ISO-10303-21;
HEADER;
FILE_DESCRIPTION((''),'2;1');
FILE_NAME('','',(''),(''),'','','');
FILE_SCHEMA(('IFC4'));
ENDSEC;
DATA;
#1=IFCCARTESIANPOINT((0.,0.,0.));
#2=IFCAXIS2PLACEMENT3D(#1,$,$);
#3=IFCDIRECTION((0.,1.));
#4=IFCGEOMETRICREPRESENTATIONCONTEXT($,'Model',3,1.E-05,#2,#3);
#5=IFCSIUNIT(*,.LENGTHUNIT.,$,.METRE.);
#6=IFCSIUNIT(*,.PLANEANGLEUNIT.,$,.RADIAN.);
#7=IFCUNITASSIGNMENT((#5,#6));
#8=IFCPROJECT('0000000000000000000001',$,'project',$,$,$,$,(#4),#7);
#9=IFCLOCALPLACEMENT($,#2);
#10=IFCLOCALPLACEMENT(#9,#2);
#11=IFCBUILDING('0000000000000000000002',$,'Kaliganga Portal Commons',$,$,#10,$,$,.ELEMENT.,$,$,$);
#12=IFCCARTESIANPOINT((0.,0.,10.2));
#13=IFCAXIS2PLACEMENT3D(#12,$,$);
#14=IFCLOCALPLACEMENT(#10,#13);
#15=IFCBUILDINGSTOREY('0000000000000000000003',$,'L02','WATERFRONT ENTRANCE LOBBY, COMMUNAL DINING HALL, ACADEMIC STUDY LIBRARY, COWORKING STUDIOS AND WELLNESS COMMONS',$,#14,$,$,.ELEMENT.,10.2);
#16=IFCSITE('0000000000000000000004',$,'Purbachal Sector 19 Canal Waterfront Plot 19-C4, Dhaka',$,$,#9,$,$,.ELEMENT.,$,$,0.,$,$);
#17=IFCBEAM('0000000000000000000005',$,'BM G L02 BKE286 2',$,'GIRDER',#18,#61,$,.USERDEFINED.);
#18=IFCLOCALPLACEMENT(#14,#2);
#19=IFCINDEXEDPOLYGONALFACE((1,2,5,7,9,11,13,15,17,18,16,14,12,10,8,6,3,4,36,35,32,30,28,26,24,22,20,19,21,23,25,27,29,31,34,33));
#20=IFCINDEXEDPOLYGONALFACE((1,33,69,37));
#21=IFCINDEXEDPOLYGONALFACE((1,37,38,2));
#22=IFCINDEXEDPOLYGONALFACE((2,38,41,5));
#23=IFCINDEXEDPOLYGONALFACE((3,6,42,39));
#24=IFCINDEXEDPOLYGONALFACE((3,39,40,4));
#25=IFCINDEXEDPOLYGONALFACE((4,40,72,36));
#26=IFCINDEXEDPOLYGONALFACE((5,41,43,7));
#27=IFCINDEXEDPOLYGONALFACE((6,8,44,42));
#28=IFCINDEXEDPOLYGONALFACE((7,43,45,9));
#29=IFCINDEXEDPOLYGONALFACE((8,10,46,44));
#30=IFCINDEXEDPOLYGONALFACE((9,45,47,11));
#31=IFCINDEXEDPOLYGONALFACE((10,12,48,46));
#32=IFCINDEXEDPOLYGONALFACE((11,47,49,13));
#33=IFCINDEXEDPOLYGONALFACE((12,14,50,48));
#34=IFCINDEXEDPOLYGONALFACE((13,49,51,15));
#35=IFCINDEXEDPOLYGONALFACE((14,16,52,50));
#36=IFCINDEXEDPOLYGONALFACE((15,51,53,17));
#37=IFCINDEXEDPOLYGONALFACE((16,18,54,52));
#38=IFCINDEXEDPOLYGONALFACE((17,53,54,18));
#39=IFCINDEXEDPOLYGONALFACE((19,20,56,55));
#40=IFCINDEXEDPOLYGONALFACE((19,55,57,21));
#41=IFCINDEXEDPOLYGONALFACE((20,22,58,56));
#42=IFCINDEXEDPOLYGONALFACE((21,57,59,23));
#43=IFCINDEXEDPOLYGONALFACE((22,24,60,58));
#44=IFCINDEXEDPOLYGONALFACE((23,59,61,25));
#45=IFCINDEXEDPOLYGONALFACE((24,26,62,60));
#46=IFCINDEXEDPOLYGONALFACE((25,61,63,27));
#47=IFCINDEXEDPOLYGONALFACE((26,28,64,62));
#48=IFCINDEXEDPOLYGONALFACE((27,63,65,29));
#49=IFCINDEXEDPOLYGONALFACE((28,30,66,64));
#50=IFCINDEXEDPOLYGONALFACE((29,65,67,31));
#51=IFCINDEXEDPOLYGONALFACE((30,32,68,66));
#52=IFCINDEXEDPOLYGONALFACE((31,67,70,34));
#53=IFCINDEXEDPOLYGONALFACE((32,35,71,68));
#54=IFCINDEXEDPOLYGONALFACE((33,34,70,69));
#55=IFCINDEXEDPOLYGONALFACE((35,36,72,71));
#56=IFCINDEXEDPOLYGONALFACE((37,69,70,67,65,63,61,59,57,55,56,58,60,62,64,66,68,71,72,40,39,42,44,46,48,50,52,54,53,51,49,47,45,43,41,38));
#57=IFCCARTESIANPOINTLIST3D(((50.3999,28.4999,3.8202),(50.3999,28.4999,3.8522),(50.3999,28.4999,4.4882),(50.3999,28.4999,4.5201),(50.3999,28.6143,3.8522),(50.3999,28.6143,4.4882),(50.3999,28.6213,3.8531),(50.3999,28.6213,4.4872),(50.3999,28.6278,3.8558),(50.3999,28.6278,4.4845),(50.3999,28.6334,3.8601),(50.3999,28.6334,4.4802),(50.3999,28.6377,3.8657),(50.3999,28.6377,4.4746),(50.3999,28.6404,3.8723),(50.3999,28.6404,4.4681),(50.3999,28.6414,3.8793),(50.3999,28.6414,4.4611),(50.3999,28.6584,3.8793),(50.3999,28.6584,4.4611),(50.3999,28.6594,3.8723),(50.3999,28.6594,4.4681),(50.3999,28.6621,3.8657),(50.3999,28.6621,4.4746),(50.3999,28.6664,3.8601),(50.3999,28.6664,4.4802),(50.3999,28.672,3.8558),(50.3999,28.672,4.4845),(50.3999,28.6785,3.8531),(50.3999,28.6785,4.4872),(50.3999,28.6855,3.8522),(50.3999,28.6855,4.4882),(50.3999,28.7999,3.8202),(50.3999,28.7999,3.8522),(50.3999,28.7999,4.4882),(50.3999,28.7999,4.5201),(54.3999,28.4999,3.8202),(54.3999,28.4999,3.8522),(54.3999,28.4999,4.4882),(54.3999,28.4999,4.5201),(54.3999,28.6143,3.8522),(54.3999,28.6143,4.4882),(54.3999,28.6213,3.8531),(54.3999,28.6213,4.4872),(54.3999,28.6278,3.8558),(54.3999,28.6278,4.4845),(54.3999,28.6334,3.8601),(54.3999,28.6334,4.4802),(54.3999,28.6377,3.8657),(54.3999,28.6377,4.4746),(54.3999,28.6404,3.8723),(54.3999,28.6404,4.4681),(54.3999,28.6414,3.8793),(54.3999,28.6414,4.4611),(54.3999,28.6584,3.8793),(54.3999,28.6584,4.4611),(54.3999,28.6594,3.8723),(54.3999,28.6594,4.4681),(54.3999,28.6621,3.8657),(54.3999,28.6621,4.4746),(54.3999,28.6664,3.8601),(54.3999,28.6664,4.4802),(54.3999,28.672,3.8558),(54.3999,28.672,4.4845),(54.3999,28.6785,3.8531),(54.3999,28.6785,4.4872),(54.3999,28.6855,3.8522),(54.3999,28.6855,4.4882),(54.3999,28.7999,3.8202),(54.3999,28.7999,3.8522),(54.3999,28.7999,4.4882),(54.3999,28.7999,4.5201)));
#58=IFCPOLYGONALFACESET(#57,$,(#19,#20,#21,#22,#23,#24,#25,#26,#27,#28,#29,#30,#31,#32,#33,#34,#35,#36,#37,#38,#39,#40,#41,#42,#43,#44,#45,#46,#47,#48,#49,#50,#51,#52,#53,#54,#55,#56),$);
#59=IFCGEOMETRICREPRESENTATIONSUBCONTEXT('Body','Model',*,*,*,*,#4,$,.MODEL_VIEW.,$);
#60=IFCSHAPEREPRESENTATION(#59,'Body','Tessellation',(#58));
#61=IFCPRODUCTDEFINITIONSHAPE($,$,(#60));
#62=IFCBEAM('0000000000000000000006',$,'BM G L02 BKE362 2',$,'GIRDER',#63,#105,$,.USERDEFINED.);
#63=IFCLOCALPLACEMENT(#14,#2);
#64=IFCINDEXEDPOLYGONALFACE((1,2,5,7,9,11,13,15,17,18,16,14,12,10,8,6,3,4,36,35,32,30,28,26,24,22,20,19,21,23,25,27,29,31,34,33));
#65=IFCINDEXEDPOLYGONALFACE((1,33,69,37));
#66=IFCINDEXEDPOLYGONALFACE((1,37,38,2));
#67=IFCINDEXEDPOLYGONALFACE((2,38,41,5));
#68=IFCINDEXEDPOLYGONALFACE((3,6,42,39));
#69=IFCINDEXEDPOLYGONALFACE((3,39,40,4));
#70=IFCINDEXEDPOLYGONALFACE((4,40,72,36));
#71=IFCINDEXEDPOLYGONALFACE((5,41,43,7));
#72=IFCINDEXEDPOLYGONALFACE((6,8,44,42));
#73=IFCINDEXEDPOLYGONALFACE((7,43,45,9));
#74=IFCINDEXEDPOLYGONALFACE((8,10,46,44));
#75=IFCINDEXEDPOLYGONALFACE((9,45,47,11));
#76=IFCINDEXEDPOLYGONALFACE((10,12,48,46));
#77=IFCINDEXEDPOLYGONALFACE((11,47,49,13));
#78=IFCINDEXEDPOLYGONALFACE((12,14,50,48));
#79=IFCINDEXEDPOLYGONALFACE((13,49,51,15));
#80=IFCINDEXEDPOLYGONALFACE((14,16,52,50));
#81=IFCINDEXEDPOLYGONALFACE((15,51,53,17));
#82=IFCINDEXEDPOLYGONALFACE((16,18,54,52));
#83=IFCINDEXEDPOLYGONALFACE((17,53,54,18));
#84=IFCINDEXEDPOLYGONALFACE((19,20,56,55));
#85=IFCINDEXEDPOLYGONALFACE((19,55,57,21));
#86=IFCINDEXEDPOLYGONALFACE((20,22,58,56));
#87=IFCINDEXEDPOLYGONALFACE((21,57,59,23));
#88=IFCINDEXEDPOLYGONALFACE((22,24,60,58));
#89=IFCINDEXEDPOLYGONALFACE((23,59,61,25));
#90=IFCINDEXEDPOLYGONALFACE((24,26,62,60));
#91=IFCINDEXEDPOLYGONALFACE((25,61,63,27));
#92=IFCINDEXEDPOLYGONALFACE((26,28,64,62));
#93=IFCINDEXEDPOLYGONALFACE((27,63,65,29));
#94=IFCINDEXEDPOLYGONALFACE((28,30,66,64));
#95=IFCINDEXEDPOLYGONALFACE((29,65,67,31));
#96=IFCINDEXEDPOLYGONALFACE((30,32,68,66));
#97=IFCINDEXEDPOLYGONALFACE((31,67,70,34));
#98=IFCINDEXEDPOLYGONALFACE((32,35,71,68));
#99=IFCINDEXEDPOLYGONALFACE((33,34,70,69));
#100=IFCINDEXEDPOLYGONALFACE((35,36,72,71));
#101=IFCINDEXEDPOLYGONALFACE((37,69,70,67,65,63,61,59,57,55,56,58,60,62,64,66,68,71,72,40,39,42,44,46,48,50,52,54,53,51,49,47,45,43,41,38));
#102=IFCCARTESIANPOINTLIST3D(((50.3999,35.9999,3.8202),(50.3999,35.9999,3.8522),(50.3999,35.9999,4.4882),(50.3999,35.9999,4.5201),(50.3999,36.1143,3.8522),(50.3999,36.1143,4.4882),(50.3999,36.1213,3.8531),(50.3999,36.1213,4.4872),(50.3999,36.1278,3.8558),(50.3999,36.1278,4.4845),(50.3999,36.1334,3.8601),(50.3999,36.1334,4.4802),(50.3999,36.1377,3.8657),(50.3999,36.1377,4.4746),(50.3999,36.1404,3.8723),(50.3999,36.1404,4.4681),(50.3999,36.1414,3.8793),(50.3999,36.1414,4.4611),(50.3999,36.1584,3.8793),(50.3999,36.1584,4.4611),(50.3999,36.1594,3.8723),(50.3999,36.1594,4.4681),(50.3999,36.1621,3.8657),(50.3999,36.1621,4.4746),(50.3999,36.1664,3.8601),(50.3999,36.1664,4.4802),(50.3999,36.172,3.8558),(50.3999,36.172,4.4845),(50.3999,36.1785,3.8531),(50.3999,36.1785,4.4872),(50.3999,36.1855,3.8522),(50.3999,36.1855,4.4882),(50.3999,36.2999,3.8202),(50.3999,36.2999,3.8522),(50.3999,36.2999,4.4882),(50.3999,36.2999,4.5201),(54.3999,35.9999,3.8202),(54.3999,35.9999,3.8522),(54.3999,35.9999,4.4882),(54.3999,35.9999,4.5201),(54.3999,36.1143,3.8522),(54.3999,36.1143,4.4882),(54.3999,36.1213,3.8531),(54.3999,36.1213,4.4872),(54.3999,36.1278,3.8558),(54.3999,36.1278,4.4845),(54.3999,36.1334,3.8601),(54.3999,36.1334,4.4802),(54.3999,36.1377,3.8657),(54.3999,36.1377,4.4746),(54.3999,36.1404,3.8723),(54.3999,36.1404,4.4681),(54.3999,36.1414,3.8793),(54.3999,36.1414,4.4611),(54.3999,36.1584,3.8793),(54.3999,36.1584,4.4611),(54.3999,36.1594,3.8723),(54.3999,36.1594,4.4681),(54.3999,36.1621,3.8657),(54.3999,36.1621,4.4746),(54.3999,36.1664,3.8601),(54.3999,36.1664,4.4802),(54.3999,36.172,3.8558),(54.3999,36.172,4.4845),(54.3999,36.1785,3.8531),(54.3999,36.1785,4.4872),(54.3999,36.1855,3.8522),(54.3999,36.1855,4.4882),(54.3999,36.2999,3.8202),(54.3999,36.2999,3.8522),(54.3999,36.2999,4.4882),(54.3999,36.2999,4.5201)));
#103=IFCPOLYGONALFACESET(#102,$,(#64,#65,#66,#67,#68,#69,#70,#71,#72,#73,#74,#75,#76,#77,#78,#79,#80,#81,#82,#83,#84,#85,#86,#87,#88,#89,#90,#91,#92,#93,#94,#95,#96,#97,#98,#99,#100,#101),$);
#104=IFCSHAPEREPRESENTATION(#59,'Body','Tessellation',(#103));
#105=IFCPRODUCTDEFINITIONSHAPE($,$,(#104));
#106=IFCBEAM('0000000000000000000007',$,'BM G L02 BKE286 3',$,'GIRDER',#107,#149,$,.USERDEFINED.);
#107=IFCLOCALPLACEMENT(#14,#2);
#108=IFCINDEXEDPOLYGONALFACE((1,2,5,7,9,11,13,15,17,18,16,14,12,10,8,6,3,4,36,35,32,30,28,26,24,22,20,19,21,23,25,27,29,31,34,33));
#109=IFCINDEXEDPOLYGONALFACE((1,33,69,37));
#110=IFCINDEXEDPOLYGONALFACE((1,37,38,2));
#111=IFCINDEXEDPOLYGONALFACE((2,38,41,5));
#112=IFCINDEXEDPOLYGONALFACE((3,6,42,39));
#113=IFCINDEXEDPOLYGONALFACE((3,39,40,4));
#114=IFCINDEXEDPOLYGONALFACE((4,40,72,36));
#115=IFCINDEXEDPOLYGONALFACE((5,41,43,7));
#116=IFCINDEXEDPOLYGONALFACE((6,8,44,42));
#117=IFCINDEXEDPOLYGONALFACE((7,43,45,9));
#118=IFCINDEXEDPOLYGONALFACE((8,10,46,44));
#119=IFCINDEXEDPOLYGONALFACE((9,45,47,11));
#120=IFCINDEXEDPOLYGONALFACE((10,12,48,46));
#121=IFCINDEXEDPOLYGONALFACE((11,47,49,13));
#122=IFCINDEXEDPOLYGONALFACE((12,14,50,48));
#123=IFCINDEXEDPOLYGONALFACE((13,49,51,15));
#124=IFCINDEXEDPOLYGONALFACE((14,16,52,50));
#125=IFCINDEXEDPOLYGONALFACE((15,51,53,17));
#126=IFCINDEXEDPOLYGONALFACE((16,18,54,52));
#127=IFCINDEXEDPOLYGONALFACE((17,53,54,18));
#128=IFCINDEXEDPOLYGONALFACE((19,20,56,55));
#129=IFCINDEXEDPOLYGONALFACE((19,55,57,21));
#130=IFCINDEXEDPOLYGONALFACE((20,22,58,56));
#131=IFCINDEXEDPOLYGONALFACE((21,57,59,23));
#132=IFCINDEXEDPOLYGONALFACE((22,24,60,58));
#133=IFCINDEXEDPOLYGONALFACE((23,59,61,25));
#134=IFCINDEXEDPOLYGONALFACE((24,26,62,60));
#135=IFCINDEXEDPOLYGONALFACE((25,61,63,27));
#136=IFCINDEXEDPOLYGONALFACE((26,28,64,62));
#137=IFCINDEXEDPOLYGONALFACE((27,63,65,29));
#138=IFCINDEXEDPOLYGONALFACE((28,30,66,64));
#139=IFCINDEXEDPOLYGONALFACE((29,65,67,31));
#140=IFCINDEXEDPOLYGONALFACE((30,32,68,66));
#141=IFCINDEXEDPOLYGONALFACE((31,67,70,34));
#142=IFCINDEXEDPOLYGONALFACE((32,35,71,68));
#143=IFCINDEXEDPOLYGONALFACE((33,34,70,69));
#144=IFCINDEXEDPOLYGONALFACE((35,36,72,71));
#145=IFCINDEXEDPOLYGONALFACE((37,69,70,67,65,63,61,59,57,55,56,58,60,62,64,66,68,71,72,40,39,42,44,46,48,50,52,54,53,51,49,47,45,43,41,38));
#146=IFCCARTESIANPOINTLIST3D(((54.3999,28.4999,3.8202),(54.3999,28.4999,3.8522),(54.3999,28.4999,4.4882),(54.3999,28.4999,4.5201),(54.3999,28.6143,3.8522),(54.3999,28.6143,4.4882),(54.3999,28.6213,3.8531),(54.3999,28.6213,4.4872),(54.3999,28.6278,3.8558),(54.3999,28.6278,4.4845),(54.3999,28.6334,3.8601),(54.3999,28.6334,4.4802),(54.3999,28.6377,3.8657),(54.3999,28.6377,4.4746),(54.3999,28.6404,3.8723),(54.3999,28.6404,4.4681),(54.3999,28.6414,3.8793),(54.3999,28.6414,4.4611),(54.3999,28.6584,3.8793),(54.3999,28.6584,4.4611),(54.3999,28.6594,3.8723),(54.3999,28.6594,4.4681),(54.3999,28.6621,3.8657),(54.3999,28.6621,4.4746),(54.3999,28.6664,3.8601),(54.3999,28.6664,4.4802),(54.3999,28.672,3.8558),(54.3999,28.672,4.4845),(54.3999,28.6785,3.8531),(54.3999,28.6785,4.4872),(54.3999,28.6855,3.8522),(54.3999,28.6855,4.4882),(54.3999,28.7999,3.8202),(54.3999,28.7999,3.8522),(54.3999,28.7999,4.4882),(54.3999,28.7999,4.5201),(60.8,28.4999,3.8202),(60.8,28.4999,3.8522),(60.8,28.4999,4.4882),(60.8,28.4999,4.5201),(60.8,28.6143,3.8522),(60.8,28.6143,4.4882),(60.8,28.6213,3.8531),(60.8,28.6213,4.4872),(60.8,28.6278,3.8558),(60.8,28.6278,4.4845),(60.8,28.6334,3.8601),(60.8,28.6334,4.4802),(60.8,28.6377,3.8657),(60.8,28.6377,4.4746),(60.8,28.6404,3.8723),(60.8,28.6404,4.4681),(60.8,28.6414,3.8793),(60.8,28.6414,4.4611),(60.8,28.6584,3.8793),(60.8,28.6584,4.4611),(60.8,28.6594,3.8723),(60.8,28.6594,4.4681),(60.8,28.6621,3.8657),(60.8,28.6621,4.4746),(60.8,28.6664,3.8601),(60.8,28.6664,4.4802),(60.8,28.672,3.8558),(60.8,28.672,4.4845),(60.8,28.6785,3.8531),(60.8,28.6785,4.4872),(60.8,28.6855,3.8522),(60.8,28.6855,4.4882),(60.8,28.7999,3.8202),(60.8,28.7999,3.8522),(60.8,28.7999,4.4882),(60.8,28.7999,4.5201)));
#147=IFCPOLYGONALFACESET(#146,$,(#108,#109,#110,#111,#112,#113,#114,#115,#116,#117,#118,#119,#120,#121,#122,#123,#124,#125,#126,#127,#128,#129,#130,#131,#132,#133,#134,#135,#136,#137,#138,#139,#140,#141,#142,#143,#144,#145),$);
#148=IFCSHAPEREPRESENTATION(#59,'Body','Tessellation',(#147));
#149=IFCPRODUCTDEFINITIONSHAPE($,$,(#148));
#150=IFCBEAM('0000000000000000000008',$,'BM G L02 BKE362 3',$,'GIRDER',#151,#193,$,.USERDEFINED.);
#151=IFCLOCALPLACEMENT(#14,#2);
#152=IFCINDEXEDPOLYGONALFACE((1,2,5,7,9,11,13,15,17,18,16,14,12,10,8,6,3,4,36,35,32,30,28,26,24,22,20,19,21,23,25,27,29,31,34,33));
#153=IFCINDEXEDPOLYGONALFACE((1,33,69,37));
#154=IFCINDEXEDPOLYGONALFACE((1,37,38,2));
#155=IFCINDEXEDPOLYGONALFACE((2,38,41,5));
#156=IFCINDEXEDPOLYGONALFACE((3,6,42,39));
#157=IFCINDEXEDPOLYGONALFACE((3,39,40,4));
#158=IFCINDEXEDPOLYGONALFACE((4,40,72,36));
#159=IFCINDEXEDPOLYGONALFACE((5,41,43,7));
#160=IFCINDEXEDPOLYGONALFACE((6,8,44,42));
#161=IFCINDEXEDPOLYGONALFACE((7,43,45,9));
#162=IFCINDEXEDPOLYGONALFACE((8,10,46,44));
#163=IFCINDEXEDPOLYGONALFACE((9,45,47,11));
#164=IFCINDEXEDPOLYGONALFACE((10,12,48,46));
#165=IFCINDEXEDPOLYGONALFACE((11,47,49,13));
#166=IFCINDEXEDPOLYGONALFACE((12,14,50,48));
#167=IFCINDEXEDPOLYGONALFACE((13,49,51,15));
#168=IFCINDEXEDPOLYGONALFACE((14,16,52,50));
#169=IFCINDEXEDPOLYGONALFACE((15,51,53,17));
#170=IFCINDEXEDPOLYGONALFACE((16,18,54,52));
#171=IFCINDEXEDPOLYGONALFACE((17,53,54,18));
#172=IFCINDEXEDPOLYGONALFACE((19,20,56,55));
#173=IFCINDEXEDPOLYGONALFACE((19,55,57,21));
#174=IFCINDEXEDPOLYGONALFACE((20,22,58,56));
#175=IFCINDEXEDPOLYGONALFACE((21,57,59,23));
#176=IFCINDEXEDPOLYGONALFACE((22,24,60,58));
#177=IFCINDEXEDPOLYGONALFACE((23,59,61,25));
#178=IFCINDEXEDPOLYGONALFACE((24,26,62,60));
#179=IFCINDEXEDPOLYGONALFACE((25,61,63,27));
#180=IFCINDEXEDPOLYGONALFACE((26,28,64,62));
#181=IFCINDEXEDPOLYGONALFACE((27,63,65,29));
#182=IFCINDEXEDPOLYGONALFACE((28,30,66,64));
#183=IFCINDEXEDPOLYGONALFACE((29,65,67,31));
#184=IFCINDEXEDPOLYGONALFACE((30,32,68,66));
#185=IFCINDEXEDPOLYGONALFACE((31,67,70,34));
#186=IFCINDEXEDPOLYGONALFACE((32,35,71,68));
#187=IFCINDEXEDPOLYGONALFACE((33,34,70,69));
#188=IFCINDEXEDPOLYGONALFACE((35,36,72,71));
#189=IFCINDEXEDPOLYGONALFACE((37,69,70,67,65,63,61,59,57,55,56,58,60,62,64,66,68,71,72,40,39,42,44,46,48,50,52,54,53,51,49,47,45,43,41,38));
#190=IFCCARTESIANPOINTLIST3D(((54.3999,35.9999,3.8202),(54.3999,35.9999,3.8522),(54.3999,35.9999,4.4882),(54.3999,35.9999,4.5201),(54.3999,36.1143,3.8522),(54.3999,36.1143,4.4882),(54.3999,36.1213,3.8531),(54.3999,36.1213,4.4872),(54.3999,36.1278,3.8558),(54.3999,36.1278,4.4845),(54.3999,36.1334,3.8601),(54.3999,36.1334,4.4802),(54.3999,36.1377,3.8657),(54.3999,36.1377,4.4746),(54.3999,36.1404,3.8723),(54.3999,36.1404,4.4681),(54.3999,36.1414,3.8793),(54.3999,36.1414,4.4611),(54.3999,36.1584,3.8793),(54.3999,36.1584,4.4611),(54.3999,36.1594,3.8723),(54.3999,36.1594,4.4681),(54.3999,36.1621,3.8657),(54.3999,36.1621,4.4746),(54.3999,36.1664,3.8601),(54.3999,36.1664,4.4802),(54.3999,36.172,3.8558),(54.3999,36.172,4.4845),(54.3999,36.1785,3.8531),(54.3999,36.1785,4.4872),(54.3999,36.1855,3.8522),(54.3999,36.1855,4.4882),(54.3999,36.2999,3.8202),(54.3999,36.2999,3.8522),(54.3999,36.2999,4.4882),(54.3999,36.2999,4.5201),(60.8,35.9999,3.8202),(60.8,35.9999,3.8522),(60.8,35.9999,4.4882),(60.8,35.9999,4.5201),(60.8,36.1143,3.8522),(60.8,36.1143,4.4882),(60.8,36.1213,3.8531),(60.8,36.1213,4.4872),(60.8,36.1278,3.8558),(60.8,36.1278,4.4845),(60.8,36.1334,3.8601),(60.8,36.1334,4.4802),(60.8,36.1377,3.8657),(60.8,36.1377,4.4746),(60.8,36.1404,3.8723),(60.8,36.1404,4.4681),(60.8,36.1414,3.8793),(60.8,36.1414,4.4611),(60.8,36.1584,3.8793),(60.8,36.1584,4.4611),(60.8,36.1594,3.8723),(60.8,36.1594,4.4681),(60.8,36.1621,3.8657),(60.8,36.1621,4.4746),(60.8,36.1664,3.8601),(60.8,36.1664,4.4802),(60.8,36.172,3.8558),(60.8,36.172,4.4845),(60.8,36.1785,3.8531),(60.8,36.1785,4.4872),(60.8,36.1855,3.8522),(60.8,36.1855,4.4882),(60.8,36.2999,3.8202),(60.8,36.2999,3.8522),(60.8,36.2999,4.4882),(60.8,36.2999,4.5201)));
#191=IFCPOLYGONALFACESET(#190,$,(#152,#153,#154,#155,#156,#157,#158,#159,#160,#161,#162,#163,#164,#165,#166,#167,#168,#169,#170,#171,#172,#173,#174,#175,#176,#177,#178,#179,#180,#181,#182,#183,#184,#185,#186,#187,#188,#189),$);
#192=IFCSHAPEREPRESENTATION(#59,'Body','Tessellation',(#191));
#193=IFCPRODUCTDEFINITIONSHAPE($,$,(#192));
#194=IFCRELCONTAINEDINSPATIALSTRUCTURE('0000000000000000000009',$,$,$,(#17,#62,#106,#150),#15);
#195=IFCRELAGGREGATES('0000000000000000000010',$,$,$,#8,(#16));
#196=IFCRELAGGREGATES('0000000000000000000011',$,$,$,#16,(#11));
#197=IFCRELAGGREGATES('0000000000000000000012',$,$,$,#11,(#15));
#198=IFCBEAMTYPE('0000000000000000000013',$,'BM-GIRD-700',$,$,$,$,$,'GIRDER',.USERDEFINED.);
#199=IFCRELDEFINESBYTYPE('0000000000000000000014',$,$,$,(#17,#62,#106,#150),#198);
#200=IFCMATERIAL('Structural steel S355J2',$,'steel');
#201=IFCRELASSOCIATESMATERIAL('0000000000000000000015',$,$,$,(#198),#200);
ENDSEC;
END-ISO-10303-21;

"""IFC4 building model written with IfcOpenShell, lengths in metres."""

from ifc_helpers import new_model, si_unit, direction, frame, origin, origin_2d, place, context, subcontext, project, spatial, i_section, extrude, source, transform, mapped, material, material_profile, profile_set, type_object, element, save


model = new_model("IFC4")

# Units and contexts
model_context = context("Model", 3, precision=1e-05, world=origin(), true_north=direction((0.0, 1.0)))
body_context = subcontext(model_context, "Body", "Model", "MODEL_VIEW")
ifc_project = project(units=[si_unit("LENGTHUNIT", "METRE"), si_unit("PLANEANGLEUNIT", "RADIAN")], contexts=[model_context])

# Site, building, storey
site_placement = place(None, origin())
site = spatial("IfcSite", under=ifc_project, at=site_placement, Name="Purbachal Sector 19 Canal Waterfront Plot 19-C4, Dhaka", CompositionType="ELEMENT", RefElevation=0.0)
building_placement = place(site_placement, origin())
building = spatial("IfcBuilding", under=site, at=building_placement, Name="Kaliganga Portal Commons", CompositionType="ELEMENT")
storey_placement = place(building_placement, frame((0.0, 0.0, 10.2)))
storey = spatial("IfcBuildingStorey", under=building, at=storey_placement, Name="L02", Description="WATERFRONT ENTRANCE LOBBY, COMMUNAL DINING HALL, ACADEMIC STUDY LIBRARY, COWORKING STUDIOS AND WELLNESS COMMONS", CompositionType="ELEMENT", Elevation=10.2)

# Beams
ifc_material_1 = material(Name="Structural steel S355J2", Category="steel")
ifc_material_profile_1 = material_profile(ifc_material_1, i_section(OverallWidth=0.3, OverallDepth=0.7, WebThickness=0.0171, FlangeThickness=0.032, FilletRadius=0.0271, at=origin_2d()), Name="HE 700 B")
ifc_profile_set_1 = profile_set([ifc_material_profile_1], Name="Structural steel S355J2 wide-flange")
beam_type_1 = type_object("IfcBeamType", Name="BM-GIRD-700", ElementType="GIRDER", PredefinedType="USERDEFINED", material=ifc_profile_set_1)
shared_shape_1 = source(origin(), body_context, "Body", "SweptSolid", [
    extrude(i_section(OverallWidth=0.3, OverallDepth=0.7, WebThickness=0.0171, FlangeThickness=0.032, FilletRadius=0.0271, at=origin_2d()), origin(), (0.0, 0.0, 1.0), 4.0),
])
for number, where, z_axis, x_axis, name in (
    (1, (50.3999, 28.6499, 4.1702), (1.0, 0.0, 0.0), (0.0, 1.0, 0.0), "BM G L02 BKE286 2"),
    (2, (50.3999, 36.1499, 4.1702), (1.0, 0.0, 0.0), (0.0, 1.0, 0.0), "BM G L02 BKE362 2"),
):
    element("IfcBeam", number, at=place(storey_placement, frame(where, z_axis=z_axis, x_axis=x_axis)), inside=storey, type_object=beam_type_1, Name=name, ObjectType="GIRDER", PredefinedType="USERDEFINED", context=body_context, shape_type="MappedRepresentation", body=[
        mapped(shared_shape_1, transform((0.0, 0.0, 0.0), x_axis=(1.0, 0.0, 0.0), y_axis=(0.0, 1.0, 0.0), z_axis=(0.0, 0.0, 1.0), scale=1.0)),
    ])
shared_shape_2 = source(origin(), body_context, "Body", "SweptSolid", [
    extrude(i_section(OverallWidth=0.3, OverallDepth=0.7, WebThickness=0.0171, FlangeThickness=0.032, FilletRadius=0.0271, at=origin_2d()), origin(), (0.0, 0.0, 1.0), 6.4001),
])
for number, where, z_axis, x_axis, name in (
    (3, (54.3999, 28.6499, 4.1702), (1.0, 0.0, 0.0), (0.0, 1.0, 0.0), "BM G L02 BKE286 3"),
    (4, (54.3999, 36.1499, 4.1702), (1.0, 0.0, 0.0), (0.0, 1.0, 0.0), "BM G L02 BKE362 3"),
):
    element("IfcBeam", number, at=place(storey_placement, frame(where, z_axis=z_axis, x_axis=x_axis)), inside=storey, type_object=beam_type_1, Name=name, ObjectType="GIRDER", PredefinedType="USERDEFINED", context=body_context, shape_type="MappedRepresentation", body=[
        mapped(shared_shape_2, transform((0.0, 0.0, 0.0), x_axis=(1.0, 0.0, 0.0), y_axis=(0.0, 1.0, 0.0), z_axis=(0.0, 0.0, 1.0), scale=1.0)),
    ])

save(model, "model.ifc")
